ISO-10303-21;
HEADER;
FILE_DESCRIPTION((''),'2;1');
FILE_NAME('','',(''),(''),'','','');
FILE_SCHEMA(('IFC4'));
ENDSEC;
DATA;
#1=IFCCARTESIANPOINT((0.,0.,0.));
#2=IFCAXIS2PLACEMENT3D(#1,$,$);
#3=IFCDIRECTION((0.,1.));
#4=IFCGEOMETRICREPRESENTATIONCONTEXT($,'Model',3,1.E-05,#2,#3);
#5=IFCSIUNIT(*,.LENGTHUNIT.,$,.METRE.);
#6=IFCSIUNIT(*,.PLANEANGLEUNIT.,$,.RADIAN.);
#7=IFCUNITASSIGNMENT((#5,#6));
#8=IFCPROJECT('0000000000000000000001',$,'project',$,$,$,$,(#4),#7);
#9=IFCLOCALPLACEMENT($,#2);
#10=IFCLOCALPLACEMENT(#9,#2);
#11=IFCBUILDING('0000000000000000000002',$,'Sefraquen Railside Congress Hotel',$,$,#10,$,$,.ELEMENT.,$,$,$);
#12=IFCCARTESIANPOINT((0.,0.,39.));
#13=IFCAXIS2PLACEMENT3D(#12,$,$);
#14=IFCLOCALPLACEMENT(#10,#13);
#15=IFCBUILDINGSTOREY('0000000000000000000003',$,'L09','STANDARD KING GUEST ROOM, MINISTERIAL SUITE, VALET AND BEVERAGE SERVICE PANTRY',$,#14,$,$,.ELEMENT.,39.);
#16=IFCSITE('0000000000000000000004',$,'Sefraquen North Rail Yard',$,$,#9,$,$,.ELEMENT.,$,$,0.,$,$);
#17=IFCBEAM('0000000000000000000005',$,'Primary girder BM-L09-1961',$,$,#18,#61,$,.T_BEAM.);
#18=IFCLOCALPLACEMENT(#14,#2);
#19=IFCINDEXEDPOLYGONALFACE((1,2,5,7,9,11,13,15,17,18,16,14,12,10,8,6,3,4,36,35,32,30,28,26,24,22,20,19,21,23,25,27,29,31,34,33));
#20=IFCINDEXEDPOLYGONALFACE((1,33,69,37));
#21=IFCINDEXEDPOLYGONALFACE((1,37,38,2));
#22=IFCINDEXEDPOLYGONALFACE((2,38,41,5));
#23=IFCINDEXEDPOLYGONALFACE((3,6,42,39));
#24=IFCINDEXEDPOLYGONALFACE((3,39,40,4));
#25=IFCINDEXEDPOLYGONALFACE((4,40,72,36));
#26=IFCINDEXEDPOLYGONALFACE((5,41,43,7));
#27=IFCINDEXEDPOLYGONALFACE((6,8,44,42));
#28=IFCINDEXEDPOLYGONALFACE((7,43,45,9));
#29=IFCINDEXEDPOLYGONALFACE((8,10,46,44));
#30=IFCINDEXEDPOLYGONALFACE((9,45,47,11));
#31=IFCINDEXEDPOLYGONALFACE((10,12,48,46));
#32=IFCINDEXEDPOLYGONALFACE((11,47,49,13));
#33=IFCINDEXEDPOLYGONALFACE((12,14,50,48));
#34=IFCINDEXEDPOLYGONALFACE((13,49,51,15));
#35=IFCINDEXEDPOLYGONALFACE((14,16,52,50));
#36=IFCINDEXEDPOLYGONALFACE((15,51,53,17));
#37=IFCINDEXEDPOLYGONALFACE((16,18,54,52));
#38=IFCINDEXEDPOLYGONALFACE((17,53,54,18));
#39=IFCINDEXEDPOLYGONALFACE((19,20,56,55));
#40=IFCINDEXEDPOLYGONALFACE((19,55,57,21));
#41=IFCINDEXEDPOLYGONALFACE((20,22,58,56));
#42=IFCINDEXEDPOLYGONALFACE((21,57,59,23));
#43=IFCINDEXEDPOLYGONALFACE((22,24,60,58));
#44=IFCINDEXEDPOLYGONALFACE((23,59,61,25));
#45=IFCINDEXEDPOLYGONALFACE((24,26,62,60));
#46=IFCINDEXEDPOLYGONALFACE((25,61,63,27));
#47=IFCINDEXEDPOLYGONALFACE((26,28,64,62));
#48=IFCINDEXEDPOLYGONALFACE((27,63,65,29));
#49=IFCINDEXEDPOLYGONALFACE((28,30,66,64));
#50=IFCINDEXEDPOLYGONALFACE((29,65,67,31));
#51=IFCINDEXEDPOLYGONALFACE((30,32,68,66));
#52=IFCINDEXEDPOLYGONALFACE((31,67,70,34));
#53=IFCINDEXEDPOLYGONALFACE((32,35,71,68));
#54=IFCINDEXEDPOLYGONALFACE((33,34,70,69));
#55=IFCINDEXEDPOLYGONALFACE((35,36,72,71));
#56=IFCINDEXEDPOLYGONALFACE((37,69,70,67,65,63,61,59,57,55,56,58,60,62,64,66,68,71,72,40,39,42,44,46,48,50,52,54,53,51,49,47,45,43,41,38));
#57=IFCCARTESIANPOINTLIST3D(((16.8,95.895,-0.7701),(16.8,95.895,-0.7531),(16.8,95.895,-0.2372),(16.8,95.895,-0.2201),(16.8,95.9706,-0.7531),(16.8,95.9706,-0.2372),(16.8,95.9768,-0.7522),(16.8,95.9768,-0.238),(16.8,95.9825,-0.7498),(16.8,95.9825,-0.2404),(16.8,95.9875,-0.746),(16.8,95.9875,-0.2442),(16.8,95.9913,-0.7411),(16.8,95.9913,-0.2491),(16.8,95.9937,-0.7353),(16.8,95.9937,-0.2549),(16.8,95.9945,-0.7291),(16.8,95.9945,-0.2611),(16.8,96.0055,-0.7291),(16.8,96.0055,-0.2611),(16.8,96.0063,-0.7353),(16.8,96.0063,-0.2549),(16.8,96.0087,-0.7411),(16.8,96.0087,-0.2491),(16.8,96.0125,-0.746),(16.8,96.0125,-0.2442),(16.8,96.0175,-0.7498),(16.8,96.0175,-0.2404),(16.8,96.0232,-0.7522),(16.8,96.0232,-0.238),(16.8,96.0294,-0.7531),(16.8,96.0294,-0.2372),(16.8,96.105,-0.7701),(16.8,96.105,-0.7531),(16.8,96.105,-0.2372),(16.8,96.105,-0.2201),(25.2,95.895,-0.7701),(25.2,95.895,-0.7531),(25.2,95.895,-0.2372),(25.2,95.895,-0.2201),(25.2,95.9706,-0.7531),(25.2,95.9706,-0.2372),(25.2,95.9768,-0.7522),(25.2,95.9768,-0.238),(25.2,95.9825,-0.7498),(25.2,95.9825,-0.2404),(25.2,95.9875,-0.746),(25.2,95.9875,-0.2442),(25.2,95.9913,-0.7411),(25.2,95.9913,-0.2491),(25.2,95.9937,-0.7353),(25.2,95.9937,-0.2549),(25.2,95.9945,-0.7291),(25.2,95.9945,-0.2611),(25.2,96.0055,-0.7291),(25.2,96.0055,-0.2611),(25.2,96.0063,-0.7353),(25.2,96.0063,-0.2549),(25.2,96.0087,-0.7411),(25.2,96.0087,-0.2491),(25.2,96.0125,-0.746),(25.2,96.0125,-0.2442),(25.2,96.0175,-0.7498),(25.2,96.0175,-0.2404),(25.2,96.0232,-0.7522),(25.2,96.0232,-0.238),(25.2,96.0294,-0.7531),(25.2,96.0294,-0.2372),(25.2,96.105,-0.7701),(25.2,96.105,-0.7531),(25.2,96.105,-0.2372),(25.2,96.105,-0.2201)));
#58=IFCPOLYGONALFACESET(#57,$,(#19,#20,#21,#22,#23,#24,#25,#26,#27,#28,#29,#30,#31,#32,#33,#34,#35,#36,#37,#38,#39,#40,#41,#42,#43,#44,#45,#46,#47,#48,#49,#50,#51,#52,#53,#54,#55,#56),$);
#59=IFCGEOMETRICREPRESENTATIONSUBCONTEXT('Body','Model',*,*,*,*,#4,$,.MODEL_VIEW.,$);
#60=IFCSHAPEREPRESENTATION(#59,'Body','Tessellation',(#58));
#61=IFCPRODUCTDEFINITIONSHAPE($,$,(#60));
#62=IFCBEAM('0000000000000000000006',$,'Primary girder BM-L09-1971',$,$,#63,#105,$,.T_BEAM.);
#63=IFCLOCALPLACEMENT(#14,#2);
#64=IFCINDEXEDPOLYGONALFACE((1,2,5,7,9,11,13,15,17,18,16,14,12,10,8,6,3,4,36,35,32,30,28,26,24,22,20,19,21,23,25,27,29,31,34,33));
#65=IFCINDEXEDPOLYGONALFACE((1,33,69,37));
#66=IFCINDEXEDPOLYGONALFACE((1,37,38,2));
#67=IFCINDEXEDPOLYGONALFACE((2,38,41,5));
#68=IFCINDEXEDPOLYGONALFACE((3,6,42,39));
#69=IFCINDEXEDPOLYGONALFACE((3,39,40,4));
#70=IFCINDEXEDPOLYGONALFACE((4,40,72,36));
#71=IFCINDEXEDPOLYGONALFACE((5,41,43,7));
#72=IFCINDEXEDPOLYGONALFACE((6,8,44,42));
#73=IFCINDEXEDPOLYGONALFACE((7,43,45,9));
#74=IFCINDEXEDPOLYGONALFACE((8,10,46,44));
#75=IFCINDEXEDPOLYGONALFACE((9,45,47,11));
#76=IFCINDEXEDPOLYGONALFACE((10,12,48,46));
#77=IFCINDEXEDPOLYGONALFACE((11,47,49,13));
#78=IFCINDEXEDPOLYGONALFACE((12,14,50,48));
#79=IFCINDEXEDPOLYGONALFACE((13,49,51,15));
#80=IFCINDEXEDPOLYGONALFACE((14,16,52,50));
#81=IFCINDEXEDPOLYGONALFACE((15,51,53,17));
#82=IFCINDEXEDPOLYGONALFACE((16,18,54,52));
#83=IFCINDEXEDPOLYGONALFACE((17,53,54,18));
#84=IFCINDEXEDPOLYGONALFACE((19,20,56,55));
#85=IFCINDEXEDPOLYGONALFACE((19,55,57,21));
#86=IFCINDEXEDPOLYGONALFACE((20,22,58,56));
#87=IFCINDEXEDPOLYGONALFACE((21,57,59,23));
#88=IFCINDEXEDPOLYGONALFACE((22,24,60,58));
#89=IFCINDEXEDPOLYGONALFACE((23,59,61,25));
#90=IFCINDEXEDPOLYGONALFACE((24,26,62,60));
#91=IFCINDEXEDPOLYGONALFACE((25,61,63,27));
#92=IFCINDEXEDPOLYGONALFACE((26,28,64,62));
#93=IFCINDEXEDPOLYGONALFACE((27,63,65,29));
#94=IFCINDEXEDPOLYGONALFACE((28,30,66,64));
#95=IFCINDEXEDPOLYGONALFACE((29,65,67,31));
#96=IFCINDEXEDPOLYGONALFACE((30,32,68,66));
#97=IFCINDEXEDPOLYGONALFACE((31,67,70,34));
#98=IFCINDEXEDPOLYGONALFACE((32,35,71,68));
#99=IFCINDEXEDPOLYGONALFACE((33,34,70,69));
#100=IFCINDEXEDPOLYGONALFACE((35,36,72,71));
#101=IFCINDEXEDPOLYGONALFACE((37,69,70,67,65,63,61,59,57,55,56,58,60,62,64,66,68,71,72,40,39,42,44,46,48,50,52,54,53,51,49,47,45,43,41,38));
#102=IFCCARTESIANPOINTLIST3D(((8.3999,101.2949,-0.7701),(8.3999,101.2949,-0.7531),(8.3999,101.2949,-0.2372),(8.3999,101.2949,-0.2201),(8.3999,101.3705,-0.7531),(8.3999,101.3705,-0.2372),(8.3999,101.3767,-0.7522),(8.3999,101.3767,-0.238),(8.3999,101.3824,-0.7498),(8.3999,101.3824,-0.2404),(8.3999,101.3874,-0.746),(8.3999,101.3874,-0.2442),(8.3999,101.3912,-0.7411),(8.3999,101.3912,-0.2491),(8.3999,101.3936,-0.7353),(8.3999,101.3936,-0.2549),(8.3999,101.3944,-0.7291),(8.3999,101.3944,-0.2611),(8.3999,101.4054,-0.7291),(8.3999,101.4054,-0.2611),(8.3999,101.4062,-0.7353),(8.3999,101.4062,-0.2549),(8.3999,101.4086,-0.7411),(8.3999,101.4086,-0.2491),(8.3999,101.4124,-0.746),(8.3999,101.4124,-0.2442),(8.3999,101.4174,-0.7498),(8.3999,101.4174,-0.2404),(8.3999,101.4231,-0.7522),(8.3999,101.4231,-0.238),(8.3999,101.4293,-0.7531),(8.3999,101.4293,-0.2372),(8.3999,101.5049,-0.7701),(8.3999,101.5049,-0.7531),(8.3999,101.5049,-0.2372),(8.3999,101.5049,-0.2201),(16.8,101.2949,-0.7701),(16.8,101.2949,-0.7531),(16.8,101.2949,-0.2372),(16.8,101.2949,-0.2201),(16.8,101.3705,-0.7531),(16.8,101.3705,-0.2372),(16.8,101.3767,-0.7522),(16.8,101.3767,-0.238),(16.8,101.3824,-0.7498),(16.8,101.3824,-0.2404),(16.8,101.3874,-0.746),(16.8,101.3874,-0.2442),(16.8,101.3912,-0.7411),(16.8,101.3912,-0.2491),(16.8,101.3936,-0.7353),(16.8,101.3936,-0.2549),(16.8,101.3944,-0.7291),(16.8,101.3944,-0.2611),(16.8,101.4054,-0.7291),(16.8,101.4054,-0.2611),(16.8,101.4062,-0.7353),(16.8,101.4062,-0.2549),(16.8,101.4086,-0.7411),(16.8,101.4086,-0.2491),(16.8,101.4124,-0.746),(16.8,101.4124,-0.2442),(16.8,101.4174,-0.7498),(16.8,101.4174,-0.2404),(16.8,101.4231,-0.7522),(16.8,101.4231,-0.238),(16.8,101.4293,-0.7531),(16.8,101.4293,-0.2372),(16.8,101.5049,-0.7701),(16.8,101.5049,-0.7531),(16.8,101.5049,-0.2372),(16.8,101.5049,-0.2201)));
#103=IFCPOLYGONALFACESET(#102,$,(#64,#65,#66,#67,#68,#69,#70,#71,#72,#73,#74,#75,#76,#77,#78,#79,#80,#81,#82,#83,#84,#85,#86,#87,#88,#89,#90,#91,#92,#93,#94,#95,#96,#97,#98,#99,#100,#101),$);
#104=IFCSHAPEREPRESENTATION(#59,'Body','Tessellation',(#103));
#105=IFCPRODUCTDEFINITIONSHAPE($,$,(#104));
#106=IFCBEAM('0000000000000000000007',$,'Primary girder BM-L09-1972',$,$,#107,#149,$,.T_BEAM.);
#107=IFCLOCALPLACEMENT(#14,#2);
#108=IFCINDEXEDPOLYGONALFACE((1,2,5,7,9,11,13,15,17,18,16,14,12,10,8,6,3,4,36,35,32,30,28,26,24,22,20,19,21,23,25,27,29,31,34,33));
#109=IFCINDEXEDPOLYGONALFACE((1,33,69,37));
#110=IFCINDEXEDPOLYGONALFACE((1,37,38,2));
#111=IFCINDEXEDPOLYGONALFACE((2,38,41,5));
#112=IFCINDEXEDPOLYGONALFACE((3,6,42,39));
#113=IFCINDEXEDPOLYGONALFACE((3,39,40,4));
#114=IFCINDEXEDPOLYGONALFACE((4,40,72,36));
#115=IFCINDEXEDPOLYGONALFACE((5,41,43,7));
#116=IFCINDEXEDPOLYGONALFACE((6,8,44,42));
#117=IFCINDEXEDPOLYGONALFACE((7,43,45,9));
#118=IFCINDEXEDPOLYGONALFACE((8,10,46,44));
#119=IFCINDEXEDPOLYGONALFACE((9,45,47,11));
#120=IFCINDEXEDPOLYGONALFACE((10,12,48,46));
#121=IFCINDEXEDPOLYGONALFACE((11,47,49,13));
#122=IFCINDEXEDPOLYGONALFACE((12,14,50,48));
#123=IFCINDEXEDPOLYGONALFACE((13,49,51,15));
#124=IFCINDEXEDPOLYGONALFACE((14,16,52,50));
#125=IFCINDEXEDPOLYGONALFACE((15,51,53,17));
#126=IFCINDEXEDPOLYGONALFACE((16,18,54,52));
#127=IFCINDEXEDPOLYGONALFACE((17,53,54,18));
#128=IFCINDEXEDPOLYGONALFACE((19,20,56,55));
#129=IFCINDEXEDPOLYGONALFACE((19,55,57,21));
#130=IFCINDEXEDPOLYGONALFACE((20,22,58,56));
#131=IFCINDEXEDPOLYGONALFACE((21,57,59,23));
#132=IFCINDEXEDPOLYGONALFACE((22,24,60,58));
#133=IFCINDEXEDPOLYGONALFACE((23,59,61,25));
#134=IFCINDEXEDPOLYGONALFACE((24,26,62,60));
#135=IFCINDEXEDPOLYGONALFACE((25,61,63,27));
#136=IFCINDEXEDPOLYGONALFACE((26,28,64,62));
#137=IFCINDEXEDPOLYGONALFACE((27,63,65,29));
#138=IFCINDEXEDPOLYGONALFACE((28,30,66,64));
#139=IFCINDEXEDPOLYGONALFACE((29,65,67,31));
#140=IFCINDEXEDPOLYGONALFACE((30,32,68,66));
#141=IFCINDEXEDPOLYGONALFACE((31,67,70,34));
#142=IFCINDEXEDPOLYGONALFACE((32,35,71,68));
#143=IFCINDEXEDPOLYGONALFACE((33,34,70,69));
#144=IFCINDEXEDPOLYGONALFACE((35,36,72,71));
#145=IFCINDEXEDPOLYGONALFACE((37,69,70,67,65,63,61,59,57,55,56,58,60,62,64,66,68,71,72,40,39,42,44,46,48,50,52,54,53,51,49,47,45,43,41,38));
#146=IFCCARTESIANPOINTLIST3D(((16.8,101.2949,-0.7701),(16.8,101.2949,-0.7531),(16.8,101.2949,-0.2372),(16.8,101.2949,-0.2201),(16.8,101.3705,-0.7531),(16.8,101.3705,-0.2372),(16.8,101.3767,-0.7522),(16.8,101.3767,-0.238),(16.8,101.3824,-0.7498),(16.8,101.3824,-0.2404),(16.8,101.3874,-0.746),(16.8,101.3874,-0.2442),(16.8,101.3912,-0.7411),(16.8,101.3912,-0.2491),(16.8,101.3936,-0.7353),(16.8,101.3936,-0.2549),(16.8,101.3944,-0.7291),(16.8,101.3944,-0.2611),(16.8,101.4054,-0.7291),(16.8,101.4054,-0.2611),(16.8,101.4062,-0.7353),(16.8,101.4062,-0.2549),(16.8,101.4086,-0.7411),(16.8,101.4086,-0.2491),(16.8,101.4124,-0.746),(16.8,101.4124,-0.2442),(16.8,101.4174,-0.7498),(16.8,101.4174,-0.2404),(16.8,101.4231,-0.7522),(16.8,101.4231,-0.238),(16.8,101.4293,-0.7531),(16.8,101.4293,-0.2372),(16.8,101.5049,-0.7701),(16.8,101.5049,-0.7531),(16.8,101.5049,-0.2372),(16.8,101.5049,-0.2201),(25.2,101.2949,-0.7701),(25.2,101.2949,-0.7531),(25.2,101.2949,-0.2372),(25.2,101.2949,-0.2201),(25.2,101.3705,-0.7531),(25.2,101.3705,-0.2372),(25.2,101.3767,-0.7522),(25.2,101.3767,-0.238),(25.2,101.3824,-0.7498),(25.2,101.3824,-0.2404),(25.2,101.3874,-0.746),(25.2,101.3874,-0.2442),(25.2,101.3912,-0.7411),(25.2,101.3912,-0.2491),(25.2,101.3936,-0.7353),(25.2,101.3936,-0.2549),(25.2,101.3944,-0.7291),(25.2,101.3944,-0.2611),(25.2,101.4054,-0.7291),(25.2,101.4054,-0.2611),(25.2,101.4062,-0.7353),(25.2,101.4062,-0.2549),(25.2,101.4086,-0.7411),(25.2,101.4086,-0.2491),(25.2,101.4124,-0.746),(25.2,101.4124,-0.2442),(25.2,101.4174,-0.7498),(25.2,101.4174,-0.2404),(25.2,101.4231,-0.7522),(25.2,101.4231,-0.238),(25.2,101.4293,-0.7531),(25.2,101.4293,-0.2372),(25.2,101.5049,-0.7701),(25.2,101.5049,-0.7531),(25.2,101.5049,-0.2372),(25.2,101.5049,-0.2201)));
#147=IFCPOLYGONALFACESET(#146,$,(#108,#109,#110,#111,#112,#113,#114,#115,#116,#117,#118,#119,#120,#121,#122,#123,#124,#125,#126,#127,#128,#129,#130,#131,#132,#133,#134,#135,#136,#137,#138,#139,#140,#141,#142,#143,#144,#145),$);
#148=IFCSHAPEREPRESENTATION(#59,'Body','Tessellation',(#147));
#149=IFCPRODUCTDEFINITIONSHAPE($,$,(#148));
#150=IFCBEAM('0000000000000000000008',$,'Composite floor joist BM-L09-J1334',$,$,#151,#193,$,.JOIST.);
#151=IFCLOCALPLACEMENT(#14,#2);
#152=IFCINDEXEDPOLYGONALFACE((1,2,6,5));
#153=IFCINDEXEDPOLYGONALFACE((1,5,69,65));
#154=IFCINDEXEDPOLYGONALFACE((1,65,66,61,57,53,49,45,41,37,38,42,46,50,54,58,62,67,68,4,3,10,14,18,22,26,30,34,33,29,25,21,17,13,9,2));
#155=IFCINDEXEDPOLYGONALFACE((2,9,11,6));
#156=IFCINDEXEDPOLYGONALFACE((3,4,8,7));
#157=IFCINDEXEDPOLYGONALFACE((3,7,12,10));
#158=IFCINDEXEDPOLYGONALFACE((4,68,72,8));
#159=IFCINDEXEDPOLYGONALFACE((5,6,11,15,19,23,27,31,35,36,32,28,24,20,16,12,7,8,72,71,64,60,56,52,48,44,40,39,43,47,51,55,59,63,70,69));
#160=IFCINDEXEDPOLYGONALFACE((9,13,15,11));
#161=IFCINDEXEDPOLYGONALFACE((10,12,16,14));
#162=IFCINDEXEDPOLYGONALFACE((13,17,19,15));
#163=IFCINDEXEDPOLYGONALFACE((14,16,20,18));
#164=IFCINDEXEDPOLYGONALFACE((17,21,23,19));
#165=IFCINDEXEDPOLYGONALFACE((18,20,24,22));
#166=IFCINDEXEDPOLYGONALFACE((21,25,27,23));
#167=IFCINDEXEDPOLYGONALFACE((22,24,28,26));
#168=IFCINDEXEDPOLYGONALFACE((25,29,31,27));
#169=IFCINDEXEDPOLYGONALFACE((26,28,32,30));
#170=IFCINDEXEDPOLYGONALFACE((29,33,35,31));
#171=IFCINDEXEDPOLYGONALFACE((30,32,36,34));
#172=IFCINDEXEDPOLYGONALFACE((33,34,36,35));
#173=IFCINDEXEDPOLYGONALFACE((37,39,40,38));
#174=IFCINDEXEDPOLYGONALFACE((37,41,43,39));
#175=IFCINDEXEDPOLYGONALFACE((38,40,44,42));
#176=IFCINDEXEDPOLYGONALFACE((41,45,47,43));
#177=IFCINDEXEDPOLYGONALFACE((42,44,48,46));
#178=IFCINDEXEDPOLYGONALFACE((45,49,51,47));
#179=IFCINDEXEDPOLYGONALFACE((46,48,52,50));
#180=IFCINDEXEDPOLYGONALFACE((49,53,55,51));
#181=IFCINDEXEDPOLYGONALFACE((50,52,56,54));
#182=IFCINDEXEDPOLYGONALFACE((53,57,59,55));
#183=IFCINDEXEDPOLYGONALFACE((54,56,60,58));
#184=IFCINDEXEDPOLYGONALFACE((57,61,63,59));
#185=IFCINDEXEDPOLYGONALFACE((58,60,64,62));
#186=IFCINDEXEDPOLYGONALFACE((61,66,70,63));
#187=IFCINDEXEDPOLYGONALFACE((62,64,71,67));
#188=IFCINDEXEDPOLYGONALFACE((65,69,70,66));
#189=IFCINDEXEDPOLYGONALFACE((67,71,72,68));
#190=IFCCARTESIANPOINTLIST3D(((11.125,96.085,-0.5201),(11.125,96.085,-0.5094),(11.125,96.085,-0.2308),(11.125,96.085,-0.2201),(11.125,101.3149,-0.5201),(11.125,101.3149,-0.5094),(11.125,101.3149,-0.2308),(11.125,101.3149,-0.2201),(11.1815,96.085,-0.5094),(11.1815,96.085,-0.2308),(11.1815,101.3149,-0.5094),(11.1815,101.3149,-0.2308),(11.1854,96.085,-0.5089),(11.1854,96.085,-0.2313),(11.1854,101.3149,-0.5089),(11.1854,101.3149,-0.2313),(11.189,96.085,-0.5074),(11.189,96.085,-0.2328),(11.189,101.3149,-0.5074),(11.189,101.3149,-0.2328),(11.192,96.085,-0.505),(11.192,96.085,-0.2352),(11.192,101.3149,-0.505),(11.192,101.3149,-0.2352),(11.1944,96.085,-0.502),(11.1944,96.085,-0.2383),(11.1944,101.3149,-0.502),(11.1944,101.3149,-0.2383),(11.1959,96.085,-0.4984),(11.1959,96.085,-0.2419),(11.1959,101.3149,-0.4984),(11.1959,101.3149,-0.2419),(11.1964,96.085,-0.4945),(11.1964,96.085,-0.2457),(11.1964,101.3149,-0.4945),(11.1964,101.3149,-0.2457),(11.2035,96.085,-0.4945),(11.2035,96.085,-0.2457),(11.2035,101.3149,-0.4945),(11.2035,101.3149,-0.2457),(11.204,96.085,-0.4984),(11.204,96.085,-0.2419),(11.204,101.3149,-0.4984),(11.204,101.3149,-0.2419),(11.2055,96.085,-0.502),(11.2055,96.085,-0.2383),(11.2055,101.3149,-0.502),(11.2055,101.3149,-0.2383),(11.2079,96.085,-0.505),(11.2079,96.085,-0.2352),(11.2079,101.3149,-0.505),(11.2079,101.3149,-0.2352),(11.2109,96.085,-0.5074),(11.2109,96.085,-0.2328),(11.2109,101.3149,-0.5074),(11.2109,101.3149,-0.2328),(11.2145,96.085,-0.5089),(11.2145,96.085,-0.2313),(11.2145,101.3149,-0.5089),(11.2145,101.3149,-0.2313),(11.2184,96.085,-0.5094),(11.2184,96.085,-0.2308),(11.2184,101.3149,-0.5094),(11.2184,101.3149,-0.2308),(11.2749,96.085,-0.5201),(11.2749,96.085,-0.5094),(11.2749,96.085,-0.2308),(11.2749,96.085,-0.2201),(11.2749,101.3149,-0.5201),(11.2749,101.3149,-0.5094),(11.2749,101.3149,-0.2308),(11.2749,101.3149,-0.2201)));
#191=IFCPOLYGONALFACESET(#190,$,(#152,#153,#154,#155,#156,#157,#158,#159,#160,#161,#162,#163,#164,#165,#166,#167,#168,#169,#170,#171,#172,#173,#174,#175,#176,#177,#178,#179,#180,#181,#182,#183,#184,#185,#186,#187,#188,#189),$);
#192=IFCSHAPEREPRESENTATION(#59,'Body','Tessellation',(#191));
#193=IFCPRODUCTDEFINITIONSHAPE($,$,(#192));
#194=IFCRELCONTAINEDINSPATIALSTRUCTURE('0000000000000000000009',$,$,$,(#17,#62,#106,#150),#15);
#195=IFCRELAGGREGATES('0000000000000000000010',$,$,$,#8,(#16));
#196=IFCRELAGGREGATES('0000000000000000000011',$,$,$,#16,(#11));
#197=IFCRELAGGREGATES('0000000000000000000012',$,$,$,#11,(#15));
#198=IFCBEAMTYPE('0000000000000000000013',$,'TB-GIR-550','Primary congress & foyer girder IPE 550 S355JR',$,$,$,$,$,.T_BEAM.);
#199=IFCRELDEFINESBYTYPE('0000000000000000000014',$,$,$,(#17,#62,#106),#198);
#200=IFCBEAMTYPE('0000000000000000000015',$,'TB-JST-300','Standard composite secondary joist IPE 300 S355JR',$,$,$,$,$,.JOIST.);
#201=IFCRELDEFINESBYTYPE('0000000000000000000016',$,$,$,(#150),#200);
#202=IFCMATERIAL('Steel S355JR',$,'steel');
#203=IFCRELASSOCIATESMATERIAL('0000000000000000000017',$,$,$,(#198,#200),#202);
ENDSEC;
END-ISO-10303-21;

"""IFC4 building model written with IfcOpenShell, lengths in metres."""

from ifc_helpers import new_model, si_unit, direction, frame, origin, origin_2d, place, context, subcontext, project, spatial, i_section, extrude, material, material_profile, profile_set, type_object, element, save


model = new_model("IFC4")

# Units and contexts
model_context = context("Model", 3, precision=1e-05, world=origin(), true_north=direction((0.0, 1.0)))
body_context = subcontext(model_context, "Body", "Model", "MODEL_VIEW")
ifc_project = project(units=[si_unit("LENGTHUNIT", "METRE"), si_unit("PLANEANGLEUNIT", "RADIAN")], contexts=[model_context])

# Site, building, storey
site_placement = place(None, origin())
site = spatial("IfcSite", under=ifc_project, at=site_placement, Name="Sefraquen North Rail Yard", CompositionType="ELEMENT", RefElevation=0.0)
building_placement = place(site_placement, origin())
building = spatial("IfcBuilding", under=site, at=building_placement, Name="Sefraquen Railside Congress Hotel", CompositionType="ELEMENT")
storey_placement = place(building_placement, frame((0.0, 0.0, 39.0)))
storey = spatial("IfcBuildingStorey", under=building, at=storey_placement, Name="L09", Description="STANDARD KING GUEST ROOM, MINISTERIAL SUITE, VALET AND BEVERAGE SERVICE PANTRY", CompositionType="ELEMENT", Elevation=39.0)

# Shared definitions
ifc_material_1 = material(Name="Steel S355JR", Category="steel")

# Beams
ifc_material_profile_1 = material_profile(ifc_material_1, i_section(OverallWidth=0.21, OverallDepth=0.55, WebThickness=0.011, FlangeThickness=0.0171, FilletRadius=0.0239, at=origin_2d()), Name="IPE 550")
ifc_profile_set_1 = profile_set([ifc_material_profile_1], Name="Steel S355JR")
beam_type_1 = type_object("IfcBeamType", Name="TB-GIR-550", Description="Primary congress & foyer girder IPE 550 S355JR", PredefinedType="T_BEAM", material=ifc_profile_set_1)
beam_1_placement = place(storey_placement, frame((16.8, 96.0, -0.4951), z_axis=(1.0, 0.0, 0.0), x_axis=(0.0, 1.0, 0.0)))
element("IfcBeam", 1, at=beam_1_placement, inside=storey, type_object=beam_type_1, Name="Primary girder BM-L09-1961", PredefinedType="T_BEAM", context=body_context, shape_type="SweptSolid", body=[
    extrude(i_section(OverallWidth=0.21, OverallDepth=0.55, WebThickness=0.011, FlangeThickness=0.0171, FilletRadius=0.0239, at=origin_2d()), origin(), (0.0, 0.0, 1.0), 8.3999),
])
beam_2_placement = place(storey_placement, frame((8.3999, 101.3999, -0.4951), z_axis=(1.0, 0.0, 0.0), x_axis=(0.0, 1.0, 0.0)))
element("IfcBeam", 2, at=beam_2_placement, inside=storey, type_object=beam_type_1, Name="Primary girder BM-L09-1971", PredefinedType="T_BEAM", context=body_context, shape_type="SweptSolid", body=[
    extrude(i_section(OverallWidth=0.21, OverallDepth=0.55, WebThickness=0.011, FlangeThickness=0.0171, FilletRadius=0.0239, at=origin_2d()), origin(), (0.0, 0.0, 1.0), 8.4001),
])
beam_3_placement = place(storey_placement, frame((16.8, 101.3999, -0.4951), z_axis=(1.0, 0.0, 0.0), x_axis=(0.0, 1.0, 0.0)))
element("IfcBeam", 3, at=beam_3_placement, inside=storey, type_object=beam_type_1, Name="Primary girder BM-L09-1972", PredefinedType="T_BEAM", context=body_context, shape_type="SweptSolid", body=[
    extrude(i_section(OverallWidth=0.21, OverallDepth=0.55, WebThickness=0.011, FlangeThickness=0.0171, FilletRadius=0.0239, at=origin_2d()), origin(), (0.0, 0.0, 1.0), 8.3999),
])
ifc_material_profile_2 = material_profile(ifc_material_1, i_section(OverallWidth=0.1499, OverallDepth=0.3, WebThickness=0.0071, FlangeThickness=0.0107, FilletRadius=0.0149, at=origin_2d()), Name="IPE 300")
ifc_profile_set_2 = profile_set([ifc_material_profile_2], Name="Steel S355JR")
beam_type_2 = type_object("IfcBeamType", Name="TB-JST-300", Description="Standard composite secondary joist IPE 300 S355JR", PredefinedType="JOIST", material=ifc_profile_set_2)
for number, where, z_axis, x_axis, name in (
    (4, (11.2, 96.085, -0.3701), (0.0, 1.0, 0.0), (-1.0, 0.0, 0.0), "Composite floor joist BM-L09-J1334"),
):
    element("IfcBeam", number, at=place(storey_placement, frame(where, z_axis=z_axis, x_axis=x_axis)), inside=storey, type_object=beam_type_2, Name=name, PredefinedType="JOIST", context=body_context, shape_type="SweptSolid", body=[
        extrude(i_section(OverallWidth=0.1499, OverallDepth=0.3, WebThickness=0.0071, FlangeThickness=0.0107, FilletRadius=0.0149, at=origin_2d()), origin(), (0.0, 0.0, 1.0), 5.23),
    ])

save(model, "model.ifc")
